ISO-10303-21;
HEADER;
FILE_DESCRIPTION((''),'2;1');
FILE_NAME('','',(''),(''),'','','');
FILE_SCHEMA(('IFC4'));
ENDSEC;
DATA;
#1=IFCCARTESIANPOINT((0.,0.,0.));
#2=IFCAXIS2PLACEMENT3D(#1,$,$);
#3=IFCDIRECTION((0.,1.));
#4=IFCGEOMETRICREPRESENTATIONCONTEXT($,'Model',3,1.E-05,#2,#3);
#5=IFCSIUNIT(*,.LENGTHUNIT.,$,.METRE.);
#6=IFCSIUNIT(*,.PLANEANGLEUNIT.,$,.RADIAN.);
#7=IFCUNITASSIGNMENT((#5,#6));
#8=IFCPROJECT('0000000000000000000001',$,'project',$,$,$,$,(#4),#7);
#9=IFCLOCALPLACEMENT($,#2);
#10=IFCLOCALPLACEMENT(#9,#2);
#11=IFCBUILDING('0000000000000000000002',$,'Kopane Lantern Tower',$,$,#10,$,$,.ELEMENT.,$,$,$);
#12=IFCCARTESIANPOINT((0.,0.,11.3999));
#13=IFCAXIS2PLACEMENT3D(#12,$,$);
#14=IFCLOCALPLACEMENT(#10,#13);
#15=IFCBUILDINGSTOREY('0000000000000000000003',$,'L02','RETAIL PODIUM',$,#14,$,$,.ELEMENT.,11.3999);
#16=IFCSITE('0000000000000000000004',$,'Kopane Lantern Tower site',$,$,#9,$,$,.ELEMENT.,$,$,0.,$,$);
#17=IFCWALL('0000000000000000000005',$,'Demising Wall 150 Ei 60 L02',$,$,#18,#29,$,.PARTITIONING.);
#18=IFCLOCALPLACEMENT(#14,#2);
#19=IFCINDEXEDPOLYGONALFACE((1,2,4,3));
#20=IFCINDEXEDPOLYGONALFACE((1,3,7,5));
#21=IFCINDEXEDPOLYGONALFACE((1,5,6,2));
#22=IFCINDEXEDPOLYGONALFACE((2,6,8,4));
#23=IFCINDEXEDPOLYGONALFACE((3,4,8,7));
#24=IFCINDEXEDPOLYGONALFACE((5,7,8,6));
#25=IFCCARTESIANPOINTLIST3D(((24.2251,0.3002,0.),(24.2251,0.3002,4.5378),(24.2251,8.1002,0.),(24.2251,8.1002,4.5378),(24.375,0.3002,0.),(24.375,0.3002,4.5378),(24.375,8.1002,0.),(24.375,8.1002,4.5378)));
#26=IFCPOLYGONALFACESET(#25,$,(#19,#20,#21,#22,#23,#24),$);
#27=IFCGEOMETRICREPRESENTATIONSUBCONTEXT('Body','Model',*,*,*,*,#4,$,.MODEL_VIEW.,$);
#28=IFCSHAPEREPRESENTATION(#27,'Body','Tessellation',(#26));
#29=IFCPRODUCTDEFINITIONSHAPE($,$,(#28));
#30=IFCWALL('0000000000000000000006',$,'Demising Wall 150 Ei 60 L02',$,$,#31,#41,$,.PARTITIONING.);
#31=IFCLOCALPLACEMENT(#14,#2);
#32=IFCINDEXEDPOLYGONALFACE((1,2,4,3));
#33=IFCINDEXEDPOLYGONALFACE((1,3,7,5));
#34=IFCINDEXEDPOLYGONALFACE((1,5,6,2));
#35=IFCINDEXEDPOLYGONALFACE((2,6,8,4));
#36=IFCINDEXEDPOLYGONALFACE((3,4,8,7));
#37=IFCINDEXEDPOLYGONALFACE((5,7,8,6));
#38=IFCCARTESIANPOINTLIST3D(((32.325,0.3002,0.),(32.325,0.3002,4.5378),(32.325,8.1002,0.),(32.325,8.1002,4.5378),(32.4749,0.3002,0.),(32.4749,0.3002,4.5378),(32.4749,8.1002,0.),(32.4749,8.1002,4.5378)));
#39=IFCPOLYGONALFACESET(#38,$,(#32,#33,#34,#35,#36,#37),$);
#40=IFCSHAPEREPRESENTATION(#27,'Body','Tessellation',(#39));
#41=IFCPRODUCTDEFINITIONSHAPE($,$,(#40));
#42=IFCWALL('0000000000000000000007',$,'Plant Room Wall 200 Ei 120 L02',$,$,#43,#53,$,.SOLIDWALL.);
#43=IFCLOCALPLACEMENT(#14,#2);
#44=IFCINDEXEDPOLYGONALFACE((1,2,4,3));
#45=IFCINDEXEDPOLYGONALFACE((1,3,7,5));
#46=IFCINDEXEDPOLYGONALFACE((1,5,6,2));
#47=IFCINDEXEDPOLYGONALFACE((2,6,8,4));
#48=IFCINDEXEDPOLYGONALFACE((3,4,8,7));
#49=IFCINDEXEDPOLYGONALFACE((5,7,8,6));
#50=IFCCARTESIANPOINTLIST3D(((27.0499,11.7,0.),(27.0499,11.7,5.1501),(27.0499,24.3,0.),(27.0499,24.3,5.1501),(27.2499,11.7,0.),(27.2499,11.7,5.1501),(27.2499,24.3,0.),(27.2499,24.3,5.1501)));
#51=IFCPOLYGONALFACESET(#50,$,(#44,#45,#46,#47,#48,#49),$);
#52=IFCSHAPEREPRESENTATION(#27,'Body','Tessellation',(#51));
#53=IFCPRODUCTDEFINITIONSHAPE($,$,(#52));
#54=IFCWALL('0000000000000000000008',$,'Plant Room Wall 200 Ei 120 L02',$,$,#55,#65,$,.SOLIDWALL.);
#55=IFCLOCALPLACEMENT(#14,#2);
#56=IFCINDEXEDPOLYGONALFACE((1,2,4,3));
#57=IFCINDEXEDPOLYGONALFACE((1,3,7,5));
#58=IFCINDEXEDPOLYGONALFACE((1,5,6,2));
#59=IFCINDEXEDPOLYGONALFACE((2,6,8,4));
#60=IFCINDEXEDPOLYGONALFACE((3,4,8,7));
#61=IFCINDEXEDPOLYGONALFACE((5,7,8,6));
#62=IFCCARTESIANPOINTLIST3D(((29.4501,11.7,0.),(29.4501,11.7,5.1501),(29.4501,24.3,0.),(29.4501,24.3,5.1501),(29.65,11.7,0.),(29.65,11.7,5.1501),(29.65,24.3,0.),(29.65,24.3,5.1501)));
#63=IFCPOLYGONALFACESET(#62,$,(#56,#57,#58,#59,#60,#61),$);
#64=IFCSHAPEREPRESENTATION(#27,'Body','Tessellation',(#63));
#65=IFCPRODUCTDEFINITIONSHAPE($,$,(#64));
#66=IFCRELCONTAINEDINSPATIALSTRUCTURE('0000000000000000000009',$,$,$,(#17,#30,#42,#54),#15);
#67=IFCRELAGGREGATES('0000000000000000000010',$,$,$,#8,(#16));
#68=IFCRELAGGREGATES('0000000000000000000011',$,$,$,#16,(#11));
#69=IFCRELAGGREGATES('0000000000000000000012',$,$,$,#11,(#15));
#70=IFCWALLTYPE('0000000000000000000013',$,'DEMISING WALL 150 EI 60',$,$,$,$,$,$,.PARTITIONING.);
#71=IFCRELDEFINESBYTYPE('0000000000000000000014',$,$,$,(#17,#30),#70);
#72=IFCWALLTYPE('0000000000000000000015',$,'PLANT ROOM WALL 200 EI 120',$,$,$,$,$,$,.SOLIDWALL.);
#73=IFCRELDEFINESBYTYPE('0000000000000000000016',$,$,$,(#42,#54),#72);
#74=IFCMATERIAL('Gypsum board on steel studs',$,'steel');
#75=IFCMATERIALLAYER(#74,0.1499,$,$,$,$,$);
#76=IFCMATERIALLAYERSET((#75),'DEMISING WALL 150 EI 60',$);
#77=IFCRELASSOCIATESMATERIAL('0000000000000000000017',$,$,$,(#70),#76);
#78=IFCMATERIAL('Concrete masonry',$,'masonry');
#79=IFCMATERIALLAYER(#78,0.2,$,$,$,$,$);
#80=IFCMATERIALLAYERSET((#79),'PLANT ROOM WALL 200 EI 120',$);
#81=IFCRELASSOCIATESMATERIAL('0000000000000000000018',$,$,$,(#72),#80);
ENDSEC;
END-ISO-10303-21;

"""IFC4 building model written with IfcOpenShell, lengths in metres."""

from ifc_helpers import new_model, si_unit, direction, frame, frame_2d, origin, place, context, subcontext, project, spatial, rectangle, extrude, material, layer, layer_set, type_object, element, save


model = new_model("IFC4")

# Units and contexts
model_context = context("Model", 3, precision=1e-05, world=origin(), true_north=direction((0.0, 1.0)))
body_context = subcontext(model_context, "Body", "Model", "MODEL_VIEW")
ifc_project = project(units=[si_unit("LENGTHUNIT", "METRE"), si_unit("PLANEANGLEUNIT", "RADIAN")], contexts=[model_context])

# Site, building, storey
site_placement = place(None, origin())
site = spatial("IfcSite", under=ifc_project, at=site_placement, Name="Kopane Lantern Tower site", CompositionType="ELEMENT", RefElevation=0.0)
building_placement = place(site_placement, origin())
building = spatial("IfcBuilding", under=site, at=building_placement, Name="Kopane Lantern Tower", CompositionType="ELEMENT")
storey_placement = place(building_placement, frame((0.0, 0.0, 11.3999)))
storey = spatial("IfcBuildingStorey", under=building, at=storey_placement, Name="L02", Description="RETAIL PODIUM", CompositionType="ELEMENT", Elevation=11.3999)

# Walls
ifc_material_1 = material(Name="Gypsum board on steel studs", Category="steel")
ifc_layer_1 = layer(ifc_material_1, 0.1499)
ifc_layer_set_1 = layer_set([ifc_layer_1], Name="DEMISING WALL 150 EI 60")
wall_type_1 = type_object("IfcWallType", Name="DEMISING WALL 150 EI 60", PredefinedType="PARTITIONING", material=ifc_layer_set_1)
for number, where, z_axis, x_axis, name in (
    (1, (24.3, 8.1001, 0.0), (0.0, 0.0, 1.0), (0.0, -1.0, 0.0), "Demising Wall 150 Ei 60 L02"),
    (2, (32.3999, 8.1001, 0.0), (0.0, 0.0, 1.0), (0.0, -1.0, 0.0), "Demising Wall 150 Ei 60 L02"),
):
    element("IfcWall", number, at=place(storey_placement, frame(where, z_axis=z_axis, x_axis=x_axis)), inside=storey, type_object=wall_type_1, Name=name, PredefinedType="PARTITIONING", context=body_context, shape_type="SweptSolid", body=[
        extrude(rectangle(XDim=7.8, YDim=0.1499, at=frame_2d((3.8999, 0.0))), origin(), (0.0, 0.0, 1.0), 4.5378),
    ])
ifc_material_2 = material(Name="Concrete masonry", Category="masonry")
ifc_layer_2 = layer(ifc_material_2, 0.2)
ifc_layer_set_2 = layer_set([ifc_layer_2], Name="PLANT ROOM WALL 200 EI 120")
wall_type_2 = type_object("IfcWallType", Name="PLANT ROOM WALL 200 EI 120", PredefinedType="SOLIDWALL", material=ifc_layer_set_2)
for number, where, z_axis, x_axis, name in (
    (3, (27.1499, 11.7, 0.0), (0.0, 0.0, 1.0), (0.0, 1.0, 0.0), "Plant Room Wall 200 Ei 120 L02"),
    (4, (29.55, 11.7, 0.0), (0.0, 0.0, 1.0), (0.0, 1.0, 0.0), "Plant Room Wall 200 Ei 120 L02"),
):
    element("IfcWall", number, at=place(storey_placement, frame(where, z_axis=z_axis, x_axis=x_axis)), inside=storey, type_object=wall_type_2, Name=name, PredefinedType="SOLIDWALL", context=body_context, shape_type="SweptSolid", body=[
        extrude(rectangle(XDim=12.6001, YDim=0.2, at=frame_2d((6.3, 0.0))), origin(), (0.0, 0.0, 1.0), 5.1501),
    ])

save(model, "model.ifc")
